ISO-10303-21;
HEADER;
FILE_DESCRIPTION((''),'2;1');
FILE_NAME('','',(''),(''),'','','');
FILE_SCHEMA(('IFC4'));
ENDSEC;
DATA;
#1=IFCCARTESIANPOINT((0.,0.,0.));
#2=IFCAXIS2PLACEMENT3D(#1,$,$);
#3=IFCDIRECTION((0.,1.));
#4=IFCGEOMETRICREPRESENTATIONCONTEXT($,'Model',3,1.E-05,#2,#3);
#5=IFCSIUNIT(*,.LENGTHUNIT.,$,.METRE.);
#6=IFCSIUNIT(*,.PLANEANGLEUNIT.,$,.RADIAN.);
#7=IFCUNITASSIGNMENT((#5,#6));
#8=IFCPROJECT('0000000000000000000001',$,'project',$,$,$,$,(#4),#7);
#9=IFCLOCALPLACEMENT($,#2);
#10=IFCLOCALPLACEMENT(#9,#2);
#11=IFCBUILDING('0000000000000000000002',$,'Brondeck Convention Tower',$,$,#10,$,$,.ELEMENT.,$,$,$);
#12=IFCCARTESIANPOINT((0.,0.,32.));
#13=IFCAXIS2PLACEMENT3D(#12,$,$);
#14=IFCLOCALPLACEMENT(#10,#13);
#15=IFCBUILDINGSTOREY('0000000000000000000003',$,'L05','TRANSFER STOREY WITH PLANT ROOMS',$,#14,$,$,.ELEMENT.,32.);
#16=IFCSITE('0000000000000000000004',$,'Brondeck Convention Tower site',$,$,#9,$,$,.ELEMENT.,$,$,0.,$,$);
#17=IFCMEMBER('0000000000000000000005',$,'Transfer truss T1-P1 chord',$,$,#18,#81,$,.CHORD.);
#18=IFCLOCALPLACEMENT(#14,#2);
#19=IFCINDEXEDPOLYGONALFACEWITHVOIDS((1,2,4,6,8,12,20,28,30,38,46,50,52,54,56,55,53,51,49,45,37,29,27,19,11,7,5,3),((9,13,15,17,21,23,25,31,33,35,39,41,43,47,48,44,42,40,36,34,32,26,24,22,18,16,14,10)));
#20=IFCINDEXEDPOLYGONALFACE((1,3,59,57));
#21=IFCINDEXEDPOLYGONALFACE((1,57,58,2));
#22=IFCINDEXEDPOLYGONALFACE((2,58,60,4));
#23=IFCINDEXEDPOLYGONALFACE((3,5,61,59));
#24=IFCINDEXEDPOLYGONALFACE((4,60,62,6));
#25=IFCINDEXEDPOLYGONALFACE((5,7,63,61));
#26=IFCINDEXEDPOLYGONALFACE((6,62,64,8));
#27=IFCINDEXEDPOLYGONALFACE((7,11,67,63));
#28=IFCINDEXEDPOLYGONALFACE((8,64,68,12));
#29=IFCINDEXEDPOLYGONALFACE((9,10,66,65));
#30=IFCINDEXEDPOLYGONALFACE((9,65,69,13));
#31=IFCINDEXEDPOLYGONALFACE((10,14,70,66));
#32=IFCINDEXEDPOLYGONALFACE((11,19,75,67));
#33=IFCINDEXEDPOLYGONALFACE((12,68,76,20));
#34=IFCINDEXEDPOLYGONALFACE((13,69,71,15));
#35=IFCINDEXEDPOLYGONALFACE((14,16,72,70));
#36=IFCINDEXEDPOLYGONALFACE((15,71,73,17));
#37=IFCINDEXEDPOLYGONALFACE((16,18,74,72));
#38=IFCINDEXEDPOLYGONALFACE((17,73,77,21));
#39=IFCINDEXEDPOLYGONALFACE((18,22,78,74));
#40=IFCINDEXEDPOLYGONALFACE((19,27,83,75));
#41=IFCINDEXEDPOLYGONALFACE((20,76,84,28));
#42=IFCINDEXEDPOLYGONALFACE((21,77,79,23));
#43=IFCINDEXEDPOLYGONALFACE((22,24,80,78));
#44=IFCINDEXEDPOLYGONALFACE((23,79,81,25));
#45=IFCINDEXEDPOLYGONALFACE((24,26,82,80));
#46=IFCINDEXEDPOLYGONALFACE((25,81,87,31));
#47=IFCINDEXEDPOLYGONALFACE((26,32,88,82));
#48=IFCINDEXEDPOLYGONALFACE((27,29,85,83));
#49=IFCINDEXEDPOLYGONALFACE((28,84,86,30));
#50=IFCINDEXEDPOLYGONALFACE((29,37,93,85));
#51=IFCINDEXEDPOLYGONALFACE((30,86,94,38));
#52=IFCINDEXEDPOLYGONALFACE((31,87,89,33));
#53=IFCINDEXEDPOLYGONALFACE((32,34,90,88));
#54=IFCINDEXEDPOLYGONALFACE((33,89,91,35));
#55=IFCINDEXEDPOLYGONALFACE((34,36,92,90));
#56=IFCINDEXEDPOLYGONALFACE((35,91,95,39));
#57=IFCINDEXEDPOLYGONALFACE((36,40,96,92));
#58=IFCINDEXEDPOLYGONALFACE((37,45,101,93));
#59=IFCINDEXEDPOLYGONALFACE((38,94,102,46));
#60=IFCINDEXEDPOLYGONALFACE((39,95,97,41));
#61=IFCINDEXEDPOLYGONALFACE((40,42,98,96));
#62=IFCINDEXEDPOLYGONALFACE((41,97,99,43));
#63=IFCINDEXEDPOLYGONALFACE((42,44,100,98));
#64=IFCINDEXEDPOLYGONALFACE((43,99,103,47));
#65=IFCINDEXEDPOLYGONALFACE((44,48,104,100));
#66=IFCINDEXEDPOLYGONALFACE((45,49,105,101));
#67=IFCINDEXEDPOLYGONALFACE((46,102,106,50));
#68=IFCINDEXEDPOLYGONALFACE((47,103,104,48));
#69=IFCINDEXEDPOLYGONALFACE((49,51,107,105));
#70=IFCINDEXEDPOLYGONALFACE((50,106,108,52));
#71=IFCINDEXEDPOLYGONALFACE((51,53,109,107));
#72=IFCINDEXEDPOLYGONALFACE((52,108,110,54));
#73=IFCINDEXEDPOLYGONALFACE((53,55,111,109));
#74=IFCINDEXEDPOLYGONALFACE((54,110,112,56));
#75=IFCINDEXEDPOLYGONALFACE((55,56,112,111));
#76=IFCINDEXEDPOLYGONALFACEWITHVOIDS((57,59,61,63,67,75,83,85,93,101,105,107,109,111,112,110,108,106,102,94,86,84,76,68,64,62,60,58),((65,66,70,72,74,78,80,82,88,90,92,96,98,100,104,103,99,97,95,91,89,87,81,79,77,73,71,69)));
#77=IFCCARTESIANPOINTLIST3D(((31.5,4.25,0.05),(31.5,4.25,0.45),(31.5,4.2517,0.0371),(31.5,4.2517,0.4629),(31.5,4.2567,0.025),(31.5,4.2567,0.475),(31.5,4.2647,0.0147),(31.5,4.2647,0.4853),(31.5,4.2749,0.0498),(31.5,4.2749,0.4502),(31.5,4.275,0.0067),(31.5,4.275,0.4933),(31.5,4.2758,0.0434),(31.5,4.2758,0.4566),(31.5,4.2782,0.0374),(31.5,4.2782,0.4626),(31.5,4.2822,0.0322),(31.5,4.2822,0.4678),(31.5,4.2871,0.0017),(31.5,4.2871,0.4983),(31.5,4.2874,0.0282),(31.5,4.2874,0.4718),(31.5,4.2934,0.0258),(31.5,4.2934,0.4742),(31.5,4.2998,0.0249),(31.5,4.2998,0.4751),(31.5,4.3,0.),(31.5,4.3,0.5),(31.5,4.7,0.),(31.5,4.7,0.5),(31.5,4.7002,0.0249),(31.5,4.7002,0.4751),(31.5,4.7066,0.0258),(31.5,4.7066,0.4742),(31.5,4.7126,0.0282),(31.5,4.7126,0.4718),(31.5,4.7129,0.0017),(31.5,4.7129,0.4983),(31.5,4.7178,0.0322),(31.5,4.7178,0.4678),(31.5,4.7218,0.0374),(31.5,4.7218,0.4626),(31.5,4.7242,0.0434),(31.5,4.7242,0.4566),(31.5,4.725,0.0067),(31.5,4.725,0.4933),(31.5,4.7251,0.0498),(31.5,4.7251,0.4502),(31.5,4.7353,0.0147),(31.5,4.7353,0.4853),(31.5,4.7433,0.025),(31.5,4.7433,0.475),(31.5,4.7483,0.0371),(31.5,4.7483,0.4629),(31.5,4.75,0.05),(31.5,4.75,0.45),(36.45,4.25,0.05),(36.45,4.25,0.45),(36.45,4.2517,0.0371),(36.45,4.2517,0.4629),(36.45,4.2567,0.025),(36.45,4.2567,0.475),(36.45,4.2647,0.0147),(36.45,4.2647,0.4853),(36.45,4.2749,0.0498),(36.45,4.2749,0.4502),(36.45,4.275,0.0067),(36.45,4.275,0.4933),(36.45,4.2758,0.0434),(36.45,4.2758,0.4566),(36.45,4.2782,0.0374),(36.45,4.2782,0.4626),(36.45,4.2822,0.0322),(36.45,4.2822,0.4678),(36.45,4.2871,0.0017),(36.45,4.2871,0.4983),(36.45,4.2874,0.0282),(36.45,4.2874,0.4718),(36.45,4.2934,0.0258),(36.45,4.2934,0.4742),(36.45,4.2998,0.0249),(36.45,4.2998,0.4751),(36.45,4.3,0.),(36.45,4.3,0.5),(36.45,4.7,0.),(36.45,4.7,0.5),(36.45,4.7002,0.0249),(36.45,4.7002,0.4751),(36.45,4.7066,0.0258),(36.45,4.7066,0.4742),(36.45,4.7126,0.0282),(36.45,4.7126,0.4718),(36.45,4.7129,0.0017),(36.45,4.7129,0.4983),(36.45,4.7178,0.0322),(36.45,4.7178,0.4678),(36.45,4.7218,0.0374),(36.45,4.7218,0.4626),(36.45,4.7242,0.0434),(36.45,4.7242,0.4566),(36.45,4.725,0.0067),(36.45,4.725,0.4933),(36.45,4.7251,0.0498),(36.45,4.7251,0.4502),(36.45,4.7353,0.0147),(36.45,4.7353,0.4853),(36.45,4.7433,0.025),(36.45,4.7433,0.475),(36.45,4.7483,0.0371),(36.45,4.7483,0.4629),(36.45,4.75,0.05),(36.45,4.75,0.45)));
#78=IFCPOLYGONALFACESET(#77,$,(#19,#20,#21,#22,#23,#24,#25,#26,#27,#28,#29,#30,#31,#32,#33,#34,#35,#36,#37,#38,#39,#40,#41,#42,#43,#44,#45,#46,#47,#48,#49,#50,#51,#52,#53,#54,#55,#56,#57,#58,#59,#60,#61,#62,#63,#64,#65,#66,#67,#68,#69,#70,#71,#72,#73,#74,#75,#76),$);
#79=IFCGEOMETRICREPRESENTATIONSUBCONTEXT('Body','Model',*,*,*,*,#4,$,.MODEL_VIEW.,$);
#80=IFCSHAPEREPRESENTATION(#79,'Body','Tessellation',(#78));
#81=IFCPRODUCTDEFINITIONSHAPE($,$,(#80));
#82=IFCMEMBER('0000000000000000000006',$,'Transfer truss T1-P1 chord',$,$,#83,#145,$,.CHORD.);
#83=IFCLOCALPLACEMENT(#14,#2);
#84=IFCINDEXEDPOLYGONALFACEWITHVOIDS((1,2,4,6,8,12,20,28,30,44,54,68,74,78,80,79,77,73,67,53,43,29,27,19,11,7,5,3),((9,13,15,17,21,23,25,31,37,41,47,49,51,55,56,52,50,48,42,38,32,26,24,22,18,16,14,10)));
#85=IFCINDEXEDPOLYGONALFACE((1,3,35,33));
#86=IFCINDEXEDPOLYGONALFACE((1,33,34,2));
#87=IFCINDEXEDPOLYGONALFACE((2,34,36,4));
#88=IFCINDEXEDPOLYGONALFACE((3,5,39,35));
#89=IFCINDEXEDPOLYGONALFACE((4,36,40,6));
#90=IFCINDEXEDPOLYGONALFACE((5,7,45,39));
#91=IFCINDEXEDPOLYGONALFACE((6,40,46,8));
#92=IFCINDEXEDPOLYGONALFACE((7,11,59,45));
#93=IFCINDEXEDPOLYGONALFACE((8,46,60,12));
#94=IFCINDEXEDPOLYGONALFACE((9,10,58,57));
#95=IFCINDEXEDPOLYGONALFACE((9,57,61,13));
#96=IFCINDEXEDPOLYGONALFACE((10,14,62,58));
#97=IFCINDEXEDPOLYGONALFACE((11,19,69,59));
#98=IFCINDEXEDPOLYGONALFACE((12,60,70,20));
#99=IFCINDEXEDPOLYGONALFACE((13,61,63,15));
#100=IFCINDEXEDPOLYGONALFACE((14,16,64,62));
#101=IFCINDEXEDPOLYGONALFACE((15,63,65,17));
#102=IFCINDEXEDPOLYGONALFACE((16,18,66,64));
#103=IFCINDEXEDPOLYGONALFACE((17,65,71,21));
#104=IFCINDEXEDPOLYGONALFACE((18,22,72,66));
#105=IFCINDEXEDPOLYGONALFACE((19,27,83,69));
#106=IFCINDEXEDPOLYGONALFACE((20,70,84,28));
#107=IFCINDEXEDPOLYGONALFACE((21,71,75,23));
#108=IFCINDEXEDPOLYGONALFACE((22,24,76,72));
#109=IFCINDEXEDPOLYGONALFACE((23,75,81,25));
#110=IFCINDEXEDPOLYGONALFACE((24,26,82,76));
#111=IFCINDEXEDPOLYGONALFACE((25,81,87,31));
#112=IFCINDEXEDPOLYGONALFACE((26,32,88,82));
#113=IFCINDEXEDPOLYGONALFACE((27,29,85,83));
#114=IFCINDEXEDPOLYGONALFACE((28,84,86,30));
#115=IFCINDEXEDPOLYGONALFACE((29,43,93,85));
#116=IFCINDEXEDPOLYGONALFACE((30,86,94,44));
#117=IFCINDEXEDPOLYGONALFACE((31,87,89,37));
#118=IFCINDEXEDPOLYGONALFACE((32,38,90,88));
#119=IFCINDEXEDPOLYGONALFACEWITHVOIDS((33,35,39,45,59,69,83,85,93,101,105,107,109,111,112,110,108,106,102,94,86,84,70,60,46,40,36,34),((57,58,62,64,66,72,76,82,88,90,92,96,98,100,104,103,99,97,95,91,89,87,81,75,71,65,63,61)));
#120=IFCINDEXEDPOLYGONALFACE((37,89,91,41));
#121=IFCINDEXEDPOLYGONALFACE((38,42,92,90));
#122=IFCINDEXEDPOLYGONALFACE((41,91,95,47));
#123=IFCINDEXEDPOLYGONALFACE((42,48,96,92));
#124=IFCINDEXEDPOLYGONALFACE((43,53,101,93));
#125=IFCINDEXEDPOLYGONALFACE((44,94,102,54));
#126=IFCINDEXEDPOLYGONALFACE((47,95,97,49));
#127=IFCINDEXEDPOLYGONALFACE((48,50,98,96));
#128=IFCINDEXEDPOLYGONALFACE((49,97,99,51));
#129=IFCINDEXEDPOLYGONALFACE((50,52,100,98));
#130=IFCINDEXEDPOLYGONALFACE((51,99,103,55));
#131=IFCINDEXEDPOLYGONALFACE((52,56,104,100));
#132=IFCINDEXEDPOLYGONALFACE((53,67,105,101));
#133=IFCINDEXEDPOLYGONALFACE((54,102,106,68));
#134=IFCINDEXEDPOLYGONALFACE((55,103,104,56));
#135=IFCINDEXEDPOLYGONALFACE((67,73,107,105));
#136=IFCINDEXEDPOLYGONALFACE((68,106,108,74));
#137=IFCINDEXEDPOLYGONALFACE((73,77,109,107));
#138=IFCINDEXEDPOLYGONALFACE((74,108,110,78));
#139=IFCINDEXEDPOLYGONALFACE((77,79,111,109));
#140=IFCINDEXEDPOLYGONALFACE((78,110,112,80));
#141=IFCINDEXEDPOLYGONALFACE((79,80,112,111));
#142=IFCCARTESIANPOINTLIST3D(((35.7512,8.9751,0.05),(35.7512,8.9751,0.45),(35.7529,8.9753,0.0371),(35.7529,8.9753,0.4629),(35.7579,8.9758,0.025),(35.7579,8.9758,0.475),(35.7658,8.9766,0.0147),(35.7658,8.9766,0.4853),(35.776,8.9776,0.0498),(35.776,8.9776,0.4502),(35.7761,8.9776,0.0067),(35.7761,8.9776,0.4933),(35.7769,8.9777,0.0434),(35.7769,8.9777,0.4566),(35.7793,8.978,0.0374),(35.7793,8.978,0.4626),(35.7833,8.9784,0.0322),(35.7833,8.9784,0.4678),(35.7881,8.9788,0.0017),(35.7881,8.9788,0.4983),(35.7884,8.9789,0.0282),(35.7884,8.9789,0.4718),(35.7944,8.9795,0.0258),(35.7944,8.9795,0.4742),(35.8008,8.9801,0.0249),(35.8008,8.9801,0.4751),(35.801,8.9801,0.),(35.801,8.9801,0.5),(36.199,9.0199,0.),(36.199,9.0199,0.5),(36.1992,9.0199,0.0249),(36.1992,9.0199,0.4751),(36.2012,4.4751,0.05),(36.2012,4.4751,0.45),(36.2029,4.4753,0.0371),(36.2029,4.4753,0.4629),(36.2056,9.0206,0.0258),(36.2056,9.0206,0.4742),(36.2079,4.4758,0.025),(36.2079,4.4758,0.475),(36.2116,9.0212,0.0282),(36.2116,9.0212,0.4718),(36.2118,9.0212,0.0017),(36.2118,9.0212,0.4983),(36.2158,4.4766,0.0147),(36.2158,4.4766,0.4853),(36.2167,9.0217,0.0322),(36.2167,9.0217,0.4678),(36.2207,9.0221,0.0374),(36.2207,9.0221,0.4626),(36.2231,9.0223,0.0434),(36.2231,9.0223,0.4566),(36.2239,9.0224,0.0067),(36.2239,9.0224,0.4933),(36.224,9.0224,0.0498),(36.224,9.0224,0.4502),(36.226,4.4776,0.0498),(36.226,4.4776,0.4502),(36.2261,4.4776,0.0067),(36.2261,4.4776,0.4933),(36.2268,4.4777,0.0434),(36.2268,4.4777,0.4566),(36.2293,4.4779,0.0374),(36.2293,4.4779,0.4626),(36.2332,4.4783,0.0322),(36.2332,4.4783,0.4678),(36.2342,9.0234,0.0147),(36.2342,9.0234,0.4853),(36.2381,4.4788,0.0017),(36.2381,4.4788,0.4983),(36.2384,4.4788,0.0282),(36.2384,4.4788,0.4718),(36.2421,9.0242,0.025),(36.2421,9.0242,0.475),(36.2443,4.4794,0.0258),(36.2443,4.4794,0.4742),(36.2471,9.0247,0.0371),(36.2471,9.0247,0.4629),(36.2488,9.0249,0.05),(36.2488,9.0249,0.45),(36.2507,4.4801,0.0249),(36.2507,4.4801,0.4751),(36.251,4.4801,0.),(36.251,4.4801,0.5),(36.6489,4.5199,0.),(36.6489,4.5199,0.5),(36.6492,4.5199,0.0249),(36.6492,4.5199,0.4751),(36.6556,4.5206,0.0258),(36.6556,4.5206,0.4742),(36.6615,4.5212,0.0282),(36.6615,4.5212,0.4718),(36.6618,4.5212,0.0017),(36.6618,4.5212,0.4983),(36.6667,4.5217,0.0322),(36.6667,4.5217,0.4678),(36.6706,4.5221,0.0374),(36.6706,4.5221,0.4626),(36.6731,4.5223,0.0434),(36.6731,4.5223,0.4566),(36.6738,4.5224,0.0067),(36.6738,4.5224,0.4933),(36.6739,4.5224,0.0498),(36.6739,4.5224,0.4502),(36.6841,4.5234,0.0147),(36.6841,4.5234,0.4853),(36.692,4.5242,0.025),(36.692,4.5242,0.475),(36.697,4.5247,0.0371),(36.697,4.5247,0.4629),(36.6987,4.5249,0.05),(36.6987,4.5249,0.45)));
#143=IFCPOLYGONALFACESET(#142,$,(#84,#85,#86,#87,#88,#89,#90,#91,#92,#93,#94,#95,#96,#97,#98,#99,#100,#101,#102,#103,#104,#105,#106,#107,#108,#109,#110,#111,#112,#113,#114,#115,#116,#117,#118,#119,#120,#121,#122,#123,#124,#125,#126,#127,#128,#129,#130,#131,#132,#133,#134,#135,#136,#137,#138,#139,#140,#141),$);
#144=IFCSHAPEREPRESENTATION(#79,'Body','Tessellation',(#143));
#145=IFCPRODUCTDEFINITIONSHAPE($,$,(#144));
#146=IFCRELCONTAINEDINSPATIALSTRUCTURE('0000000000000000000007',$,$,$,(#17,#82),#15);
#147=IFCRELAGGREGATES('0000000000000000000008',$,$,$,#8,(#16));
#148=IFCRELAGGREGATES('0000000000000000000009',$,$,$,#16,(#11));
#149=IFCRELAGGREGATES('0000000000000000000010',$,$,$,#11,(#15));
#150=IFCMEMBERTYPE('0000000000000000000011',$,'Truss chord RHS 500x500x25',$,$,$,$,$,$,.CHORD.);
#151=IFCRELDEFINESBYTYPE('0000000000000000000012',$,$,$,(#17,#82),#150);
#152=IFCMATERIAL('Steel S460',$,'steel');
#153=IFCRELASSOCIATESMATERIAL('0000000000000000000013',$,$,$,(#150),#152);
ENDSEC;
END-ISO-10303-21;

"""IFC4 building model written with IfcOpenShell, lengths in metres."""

from ifc_helpers import new_model, si_unit, direction, frame, origin, origin_2d, place, context, subcontext, project, spatial, hollow_rectangle, extrude, material, material_profile, profile_set, type_object, element, save


model = new_model("IFC4")

# Units and contexts
model_context = context("Model", 3, precision=1e-05, world=origin(), true_north=direction((0.0, 1.0)))
body_context = subcontext(model_context, "Body", "Model", "MODEL_VIEW")
ifc_project = project(units=[si_unit("LENGTHUNIT", "METRE"), si_unit("PLANEANGLEUNIT", "RADIAN")], contexts=[model_context])

# Site, building, storey
site_placement = place(None, origin())
site = spatial("IfcSite", under=ifc_project, at=site_placement, Name="Brondeck Convention Tower site", CompositionType="ELEMENT", RefElevation=0.0)
building_placement = place(site_placement, origin())
building = spatial("IfcBuilding", under=site, at=building_placement, Name="Brondeck Convention Tower", CompositionType="ELEMENT")
storey_placement = place(building_placement, frame((0.0, 0.0, 32.0)))
storey = spatial("IfcBuildingStorey", under=building, at=storey_placement, Name="L05", Description="TRANSFER STOREY WITH PLANT ROOMS", CompositionType="ELEMENT", Elevation=32.0)

# Shared definitions
ifc_material_1 = material(Name="Steel S460", Category="steel")

# Members
ifc_material_profile_1 = material_profile(ifc_material_1, hollow_rectangle(XDim=0.5, YDim=0.5, WallThickness=0.0249, InnerFilletRadius=0.0249, OuterFilletRadius=0.05, at=origin_2d()), Name="RHS 500x500x25")
ifc_profile_set_1 = profile_set([ifc_material_profile_1], Name="Steel S460")
member_type_1 = type_object("IfcMemberType", Name="Truss chord RHS 500x500x25", PredefinedType="CHORD", material=ifc_profile_set_1)
member_1_placement = place(storey_placement, frame((31.5, 4.5, 0.25), z_axis=(1.0, 0.0, 0.0), x_axis=(0.0, 1.0, 0.0)))
element("IfcMember", 1, at=member_1_placement, inside=storey, type_object=member_type_1, Name="Transfer truss T1-P1 chord", PredefinedType="CHORD", context=body_context, shape_type="SweptSolid", body=[
    extrude(hollow_rectangle(XDim=0.5, YDim=0.5, WallThickness=0.0249, InnerFilletRadius=0.0249, OuterFilletRadius=0.05, at=origin_2d()), origin(), (0.0, 0.0, 1.0), 4.95),
])
for number, where, z_axis, x_axis, name in (
    (2, (36.45, 4.5, 0.25), (-0.099493, 0.995038, 0.0), (-0.995038, -0.099493, 0.0), "Transfer truss T1-P1 chord"),
):
    element("IfcMember", number, at=place(storey_placement, frame(where, z_axis=z_axis, x_axis=x_axis)), inside=storey, type_object=member_type_1, Name=name, PredefinedType="CHORD", context=body_context, shape_type="SweptSolid", body=[
        extrude(hollow_rectangle(XDim=0.5, YDim=0.5, WallThickness=0.0249, InnerFilletRadius=0.0249, OuterFilletRadius=0.05, at=origin_2d()), origin(), (0.0, 0.0, 1.0), 4.5225),
    ])

save(model, "model.ifc")
